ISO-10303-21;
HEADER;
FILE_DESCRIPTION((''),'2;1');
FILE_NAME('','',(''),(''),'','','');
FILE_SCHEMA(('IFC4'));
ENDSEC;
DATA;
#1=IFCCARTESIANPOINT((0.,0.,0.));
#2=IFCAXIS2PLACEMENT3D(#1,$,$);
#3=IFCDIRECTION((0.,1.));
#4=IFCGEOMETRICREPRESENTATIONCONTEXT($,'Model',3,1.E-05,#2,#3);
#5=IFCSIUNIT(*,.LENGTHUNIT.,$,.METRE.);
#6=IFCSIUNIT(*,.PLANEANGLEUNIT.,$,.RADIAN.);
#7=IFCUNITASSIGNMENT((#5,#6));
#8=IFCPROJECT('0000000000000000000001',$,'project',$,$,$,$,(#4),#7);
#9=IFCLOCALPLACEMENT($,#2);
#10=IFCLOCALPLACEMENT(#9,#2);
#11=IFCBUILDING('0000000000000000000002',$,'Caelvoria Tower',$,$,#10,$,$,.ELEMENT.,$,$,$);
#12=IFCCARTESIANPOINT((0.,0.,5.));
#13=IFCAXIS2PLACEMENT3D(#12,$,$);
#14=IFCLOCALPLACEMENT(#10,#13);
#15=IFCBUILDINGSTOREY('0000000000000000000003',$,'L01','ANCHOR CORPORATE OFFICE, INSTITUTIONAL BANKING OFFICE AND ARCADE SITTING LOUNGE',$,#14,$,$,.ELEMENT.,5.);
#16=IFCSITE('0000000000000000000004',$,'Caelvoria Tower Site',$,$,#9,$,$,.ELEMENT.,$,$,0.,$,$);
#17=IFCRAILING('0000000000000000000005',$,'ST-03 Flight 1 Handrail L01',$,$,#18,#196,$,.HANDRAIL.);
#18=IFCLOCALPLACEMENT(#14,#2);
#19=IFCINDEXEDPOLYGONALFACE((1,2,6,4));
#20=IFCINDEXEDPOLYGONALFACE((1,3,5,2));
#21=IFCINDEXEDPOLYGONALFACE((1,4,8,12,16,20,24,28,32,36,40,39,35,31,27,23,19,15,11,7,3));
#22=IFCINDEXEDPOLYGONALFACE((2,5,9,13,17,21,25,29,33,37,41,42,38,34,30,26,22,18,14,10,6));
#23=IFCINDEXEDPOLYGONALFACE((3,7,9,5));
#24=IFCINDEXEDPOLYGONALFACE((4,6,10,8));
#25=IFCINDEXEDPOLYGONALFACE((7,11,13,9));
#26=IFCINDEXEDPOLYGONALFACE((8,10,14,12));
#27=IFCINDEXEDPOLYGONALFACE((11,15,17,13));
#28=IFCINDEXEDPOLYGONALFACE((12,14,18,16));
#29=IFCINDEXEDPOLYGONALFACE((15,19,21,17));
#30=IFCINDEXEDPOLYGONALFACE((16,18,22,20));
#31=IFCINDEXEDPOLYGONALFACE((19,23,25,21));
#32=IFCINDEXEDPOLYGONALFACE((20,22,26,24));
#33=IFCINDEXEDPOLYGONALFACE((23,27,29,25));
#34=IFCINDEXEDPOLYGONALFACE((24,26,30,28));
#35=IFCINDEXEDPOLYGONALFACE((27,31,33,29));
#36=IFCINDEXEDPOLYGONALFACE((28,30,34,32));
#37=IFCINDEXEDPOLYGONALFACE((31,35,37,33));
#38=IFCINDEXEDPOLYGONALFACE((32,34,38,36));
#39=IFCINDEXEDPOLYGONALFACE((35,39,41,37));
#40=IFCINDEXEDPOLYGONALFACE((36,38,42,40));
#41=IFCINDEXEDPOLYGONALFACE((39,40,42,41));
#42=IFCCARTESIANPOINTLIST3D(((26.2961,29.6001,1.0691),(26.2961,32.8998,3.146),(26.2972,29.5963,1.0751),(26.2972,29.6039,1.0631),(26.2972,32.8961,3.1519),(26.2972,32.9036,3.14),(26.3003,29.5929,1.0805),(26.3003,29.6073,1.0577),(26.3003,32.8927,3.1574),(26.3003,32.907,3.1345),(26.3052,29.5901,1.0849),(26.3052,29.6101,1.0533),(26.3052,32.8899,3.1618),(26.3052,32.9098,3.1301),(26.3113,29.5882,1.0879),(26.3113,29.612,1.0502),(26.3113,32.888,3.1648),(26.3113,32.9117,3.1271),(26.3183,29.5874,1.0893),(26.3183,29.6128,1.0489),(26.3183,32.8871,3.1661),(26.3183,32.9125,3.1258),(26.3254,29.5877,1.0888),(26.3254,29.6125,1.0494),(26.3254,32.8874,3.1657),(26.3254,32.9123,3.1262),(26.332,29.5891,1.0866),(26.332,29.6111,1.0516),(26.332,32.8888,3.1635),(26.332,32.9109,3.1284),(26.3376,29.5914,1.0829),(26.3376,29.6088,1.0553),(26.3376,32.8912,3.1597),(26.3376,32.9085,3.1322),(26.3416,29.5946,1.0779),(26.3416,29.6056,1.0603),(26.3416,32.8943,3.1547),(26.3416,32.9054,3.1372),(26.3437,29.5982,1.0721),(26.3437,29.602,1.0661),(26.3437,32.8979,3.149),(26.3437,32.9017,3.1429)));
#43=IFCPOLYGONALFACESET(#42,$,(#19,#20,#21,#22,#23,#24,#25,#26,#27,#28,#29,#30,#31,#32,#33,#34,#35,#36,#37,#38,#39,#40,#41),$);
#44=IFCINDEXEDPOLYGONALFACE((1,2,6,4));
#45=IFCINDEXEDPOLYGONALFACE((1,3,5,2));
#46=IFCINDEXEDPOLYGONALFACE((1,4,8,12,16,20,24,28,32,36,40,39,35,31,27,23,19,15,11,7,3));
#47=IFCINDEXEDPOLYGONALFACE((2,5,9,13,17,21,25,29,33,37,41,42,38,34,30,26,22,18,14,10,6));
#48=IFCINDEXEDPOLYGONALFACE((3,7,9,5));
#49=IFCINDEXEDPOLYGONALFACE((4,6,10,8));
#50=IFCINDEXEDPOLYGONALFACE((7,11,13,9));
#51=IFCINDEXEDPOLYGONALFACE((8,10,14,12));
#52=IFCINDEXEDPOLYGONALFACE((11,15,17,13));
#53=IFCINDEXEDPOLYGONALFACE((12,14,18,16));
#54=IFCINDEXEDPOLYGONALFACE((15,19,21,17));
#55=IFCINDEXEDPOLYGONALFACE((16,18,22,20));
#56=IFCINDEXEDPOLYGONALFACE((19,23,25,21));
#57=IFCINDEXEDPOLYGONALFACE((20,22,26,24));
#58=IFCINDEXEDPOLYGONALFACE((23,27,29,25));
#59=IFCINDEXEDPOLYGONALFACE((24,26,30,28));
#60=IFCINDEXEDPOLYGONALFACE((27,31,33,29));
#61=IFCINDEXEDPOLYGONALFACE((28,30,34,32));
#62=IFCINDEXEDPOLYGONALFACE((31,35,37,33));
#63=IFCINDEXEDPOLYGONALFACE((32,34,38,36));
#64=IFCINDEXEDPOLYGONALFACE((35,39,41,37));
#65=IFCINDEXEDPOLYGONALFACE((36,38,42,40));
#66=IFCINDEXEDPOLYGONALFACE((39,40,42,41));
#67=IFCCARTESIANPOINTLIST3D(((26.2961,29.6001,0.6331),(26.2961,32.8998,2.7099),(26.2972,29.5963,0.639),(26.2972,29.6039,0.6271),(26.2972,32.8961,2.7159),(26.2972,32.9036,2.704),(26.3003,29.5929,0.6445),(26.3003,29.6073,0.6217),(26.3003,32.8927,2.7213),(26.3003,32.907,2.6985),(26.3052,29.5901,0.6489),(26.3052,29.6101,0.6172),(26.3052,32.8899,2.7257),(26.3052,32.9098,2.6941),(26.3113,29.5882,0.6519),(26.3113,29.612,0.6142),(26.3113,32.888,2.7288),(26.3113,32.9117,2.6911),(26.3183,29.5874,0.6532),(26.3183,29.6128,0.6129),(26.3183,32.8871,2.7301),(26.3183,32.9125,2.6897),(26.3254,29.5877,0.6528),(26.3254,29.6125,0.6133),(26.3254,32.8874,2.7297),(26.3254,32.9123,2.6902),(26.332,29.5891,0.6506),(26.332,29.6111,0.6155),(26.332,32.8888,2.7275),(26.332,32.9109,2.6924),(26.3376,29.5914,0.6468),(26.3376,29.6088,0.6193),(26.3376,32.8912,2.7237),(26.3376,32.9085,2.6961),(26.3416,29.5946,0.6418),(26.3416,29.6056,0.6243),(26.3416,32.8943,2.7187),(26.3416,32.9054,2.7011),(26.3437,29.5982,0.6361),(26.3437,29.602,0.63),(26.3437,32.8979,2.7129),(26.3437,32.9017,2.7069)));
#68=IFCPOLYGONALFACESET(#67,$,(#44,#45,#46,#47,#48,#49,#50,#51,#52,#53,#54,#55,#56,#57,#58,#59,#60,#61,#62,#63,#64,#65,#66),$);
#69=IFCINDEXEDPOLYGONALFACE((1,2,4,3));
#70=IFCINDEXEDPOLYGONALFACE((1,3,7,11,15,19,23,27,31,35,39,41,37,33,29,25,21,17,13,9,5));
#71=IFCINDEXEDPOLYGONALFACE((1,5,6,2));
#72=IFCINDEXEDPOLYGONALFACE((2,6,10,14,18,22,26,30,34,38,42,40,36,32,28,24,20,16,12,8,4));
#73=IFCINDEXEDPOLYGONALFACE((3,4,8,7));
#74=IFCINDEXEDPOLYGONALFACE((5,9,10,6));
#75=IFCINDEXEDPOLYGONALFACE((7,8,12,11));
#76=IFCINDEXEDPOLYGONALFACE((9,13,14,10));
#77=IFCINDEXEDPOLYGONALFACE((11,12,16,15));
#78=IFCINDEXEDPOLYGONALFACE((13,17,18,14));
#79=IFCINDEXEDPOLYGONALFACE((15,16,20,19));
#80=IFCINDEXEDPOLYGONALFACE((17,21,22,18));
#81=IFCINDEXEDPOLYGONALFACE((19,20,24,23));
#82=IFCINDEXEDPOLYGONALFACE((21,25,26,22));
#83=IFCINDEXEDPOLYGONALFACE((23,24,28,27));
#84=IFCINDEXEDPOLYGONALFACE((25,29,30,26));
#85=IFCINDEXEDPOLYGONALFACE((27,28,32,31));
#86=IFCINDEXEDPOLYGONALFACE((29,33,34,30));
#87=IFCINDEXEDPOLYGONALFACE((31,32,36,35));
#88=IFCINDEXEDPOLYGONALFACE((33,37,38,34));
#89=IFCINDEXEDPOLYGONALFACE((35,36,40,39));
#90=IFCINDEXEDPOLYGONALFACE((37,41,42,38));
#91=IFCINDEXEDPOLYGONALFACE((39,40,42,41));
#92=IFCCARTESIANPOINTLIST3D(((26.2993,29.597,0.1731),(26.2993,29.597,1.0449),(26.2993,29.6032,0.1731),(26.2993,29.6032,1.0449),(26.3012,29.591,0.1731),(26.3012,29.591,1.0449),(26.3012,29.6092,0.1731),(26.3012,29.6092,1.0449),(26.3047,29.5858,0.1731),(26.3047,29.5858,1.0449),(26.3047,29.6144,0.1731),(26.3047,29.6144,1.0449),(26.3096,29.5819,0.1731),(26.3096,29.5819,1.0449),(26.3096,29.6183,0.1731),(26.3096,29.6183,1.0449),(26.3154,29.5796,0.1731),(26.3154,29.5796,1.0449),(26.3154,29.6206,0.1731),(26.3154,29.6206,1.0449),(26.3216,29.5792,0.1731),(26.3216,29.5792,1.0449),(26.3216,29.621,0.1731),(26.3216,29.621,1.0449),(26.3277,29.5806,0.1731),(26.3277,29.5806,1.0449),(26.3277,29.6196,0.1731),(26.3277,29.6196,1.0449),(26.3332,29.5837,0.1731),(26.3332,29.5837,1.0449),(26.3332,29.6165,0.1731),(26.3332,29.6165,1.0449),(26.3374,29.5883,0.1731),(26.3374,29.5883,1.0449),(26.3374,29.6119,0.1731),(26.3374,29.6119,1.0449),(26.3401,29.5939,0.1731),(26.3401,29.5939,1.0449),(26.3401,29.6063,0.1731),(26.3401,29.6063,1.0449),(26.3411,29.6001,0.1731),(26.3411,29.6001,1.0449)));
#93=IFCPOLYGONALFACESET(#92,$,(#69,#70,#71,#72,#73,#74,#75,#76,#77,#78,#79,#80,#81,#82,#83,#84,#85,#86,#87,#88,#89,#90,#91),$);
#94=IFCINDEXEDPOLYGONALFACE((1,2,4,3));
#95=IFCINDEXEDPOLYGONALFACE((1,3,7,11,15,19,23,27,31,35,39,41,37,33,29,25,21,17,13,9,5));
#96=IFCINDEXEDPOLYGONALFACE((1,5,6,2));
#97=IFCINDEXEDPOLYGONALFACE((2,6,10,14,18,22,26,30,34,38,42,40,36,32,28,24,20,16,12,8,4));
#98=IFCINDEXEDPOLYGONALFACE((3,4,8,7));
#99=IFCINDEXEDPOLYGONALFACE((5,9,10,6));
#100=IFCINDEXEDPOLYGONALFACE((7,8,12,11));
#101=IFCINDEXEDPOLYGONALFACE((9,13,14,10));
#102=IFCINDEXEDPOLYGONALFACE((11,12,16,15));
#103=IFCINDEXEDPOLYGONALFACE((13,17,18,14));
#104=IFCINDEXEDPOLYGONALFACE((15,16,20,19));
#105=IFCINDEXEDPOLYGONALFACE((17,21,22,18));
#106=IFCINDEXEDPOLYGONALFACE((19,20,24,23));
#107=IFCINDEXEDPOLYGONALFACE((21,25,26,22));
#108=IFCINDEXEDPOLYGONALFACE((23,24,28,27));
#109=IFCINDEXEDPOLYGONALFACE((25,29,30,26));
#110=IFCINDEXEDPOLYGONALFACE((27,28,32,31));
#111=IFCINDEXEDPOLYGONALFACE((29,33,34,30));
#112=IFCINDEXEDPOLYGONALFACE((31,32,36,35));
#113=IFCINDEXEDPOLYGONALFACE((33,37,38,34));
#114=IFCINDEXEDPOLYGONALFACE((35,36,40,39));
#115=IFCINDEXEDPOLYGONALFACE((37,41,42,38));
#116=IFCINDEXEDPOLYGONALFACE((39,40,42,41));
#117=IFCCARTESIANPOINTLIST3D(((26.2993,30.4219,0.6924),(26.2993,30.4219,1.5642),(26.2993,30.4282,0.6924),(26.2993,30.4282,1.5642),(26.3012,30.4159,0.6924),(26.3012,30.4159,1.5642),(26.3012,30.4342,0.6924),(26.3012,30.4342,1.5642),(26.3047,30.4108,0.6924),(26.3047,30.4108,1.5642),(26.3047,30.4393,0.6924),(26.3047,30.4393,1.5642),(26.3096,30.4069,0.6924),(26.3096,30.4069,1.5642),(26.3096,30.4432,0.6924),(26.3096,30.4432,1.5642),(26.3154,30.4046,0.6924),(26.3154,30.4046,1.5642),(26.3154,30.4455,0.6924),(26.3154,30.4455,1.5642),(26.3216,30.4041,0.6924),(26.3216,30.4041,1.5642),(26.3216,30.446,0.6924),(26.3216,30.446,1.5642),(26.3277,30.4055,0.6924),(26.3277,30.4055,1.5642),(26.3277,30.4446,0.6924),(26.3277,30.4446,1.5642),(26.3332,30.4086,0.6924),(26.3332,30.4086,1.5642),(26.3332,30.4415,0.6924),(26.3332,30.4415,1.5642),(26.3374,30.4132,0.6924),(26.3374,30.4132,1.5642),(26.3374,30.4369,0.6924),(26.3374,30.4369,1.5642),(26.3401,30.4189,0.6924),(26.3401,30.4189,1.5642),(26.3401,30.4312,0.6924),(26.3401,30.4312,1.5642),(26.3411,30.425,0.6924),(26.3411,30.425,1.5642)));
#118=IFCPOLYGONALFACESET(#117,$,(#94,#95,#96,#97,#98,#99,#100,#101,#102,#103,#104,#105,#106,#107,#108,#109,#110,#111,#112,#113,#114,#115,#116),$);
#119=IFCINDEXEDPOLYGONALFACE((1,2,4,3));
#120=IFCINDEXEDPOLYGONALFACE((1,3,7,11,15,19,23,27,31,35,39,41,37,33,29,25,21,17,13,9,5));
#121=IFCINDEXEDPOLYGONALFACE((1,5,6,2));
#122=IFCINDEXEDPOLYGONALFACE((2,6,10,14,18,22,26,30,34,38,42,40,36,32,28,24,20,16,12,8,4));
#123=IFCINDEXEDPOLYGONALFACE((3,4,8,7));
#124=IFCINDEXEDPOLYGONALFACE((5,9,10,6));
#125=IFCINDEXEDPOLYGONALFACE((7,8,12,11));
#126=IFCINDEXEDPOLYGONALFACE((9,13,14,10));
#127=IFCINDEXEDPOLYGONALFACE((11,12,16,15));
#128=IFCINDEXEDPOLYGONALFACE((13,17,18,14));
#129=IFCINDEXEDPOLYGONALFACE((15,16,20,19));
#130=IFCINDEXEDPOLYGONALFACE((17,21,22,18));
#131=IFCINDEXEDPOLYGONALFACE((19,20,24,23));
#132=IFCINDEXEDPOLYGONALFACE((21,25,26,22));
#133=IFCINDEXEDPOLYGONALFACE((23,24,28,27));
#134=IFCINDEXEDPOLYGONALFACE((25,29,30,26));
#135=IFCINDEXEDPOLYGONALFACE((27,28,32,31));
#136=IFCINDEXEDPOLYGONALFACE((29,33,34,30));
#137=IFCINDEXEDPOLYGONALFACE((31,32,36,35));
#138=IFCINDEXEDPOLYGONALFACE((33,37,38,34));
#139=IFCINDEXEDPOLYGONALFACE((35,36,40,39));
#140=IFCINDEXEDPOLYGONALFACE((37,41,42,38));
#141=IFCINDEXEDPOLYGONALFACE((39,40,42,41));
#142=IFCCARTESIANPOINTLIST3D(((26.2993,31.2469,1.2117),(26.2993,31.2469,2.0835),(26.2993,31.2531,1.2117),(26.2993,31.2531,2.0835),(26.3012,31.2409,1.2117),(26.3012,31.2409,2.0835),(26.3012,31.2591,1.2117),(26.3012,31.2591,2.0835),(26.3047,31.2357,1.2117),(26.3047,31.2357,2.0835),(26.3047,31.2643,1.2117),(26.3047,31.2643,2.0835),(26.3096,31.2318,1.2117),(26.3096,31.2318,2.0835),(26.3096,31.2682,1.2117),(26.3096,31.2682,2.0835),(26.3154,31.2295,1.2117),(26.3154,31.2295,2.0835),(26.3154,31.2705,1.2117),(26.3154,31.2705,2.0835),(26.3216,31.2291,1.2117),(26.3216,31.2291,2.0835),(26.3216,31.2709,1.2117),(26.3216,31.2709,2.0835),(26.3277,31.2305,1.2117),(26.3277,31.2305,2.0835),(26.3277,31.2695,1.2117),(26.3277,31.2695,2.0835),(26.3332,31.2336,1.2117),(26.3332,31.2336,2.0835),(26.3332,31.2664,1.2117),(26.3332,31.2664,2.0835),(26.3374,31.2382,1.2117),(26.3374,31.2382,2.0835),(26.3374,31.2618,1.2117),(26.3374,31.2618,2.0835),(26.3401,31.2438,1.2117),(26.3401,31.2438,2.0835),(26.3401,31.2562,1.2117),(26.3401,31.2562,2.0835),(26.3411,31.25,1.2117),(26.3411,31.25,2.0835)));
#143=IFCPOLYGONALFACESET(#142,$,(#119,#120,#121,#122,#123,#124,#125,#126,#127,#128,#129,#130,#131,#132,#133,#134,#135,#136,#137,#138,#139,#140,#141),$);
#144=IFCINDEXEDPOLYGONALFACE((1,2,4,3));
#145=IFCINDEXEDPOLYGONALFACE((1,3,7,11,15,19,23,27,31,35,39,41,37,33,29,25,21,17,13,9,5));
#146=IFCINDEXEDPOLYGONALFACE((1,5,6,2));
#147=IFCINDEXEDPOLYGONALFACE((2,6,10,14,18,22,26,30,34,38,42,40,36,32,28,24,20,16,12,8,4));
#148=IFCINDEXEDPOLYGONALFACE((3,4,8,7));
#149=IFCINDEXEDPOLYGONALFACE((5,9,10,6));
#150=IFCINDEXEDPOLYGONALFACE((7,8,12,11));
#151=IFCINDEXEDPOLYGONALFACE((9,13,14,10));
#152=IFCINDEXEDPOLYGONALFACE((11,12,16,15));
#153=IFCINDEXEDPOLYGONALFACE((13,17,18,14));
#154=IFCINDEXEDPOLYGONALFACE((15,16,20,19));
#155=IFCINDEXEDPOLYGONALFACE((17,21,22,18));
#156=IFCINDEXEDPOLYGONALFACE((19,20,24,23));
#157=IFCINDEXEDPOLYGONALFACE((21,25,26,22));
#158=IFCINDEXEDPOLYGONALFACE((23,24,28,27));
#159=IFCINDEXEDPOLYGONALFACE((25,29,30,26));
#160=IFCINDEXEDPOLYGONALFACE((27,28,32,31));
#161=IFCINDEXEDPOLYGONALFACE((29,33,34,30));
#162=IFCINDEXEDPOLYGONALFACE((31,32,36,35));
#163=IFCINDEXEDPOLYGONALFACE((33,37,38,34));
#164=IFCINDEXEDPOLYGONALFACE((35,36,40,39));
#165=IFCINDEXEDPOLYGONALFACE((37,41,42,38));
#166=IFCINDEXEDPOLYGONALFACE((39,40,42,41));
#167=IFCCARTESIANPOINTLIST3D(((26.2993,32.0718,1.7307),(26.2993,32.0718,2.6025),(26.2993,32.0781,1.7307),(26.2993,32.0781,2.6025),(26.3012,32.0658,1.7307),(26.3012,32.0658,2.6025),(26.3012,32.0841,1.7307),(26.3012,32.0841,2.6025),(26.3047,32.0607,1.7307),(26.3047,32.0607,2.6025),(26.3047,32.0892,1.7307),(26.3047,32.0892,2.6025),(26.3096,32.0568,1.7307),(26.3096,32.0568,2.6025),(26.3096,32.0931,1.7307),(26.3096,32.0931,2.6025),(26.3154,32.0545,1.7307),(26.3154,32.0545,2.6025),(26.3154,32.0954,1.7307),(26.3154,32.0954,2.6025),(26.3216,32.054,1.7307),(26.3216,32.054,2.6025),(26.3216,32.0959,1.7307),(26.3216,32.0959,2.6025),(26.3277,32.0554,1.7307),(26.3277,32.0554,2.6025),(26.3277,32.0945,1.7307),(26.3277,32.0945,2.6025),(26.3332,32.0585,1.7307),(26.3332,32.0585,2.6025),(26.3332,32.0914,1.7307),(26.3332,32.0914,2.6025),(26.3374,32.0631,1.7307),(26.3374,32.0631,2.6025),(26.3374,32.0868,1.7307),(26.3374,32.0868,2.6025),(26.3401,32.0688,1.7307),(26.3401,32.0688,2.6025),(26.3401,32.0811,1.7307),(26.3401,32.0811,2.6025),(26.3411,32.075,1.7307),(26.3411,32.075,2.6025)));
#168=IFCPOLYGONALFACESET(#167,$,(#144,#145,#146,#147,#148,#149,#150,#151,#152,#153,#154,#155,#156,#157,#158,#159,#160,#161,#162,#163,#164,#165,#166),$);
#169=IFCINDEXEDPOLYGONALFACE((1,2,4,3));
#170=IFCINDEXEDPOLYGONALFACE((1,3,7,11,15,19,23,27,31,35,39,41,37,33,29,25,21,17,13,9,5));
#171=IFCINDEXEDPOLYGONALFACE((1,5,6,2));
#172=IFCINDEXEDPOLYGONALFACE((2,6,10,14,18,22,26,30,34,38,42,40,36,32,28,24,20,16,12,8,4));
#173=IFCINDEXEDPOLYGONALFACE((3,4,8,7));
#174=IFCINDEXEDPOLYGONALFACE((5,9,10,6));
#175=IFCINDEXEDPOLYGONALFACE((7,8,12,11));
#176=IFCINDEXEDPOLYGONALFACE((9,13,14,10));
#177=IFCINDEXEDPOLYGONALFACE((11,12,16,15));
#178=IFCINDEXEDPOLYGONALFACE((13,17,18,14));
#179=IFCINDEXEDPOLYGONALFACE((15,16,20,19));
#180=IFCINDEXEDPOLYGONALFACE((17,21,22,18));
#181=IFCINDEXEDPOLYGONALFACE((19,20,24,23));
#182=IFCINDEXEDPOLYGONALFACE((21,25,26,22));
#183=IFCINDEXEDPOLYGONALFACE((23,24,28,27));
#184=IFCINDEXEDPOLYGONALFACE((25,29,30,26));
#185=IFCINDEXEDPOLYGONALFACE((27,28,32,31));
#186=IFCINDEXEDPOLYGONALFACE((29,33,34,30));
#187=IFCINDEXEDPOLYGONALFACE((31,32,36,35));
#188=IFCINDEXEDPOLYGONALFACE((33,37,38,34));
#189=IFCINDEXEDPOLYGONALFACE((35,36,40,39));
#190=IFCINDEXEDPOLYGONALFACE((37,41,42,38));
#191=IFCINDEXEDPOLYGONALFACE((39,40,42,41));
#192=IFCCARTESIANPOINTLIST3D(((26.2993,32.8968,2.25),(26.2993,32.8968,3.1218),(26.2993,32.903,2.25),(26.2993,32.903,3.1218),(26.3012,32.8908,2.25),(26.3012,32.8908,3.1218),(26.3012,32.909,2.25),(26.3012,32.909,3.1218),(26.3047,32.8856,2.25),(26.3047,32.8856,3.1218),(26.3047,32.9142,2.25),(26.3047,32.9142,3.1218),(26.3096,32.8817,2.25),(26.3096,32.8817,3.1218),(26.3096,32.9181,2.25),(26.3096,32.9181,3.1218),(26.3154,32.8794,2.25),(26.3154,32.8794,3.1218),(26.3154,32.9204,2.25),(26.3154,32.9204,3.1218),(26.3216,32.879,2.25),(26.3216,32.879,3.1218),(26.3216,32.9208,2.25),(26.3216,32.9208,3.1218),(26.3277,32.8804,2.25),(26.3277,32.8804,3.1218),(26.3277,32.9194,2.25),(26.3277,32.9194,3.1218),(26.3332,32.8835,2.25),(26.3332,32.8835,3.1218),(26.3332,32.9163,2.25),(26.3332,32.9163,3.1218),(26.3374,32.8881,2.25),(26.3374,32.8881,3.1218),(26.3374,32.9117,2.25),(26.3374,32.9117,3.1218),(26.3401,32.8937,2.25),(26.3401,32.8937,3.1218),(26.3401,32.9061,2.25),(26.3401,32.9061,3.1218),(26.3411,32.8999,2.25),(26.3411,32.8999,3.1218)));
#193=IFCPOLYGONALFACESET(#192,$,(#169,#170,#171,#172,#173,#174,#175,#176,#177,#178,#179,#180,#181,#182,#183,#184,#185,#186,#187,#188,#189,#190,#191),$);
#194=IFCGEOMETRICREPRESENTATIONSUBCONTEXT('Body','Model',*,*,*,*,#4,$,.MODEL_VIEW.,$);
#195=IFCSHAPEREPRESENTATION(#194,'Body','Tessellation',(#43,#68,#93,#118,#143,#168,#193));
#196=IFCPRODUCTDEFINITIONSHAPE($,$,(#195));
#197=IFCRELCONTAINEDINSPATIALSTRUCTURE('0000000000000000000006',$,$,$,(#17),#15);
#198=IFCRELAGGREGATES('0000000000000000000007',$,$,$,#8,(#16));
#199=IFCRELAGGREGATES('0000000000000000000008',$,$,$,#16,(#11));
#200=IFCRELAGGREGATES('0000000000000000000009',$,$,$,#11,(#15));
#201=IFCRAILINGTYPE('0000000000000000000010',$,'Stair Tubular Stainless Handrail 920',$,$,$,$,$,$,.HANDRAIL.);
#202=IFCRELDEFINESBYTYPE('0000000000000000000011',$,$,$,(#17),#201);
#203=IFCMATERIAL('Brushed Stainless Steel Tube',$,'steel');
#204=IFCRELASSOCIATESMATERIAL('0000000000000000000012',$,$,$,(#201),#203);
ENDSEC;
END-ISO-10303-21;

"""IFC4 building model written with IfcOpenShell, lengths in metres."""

from ifc_helpers import new_model, si_unit, direction, frame, origin, origin_2d, place, context, subcontext, project, spatial, circle, extrude, material, type_object, element, save


model = new_model("IFC4")

# Units and contexts
model_context = context("Model", 3, precision=1e-05, world=origin(), true_north=direction((0.0, 1.0)))
body_context = subcontext(model_context, "Body", "Model", "MODEL_VIEW")
ifc_project = project(units=[si_unit("LENGTHUNIT", "METRE"), si_unit("PLANEANGLEUNIT", "RADIAN")], contexts=[model_context])

# Site, building, storey
site_placement = place(None, origin())
site = spatial("IfcSite", under=ifc_project, at=site_placement, Name="Caelvoria Tower Site", CompositionType="ELEMENT", RefElevation=0.0)
building_placement = place(site_placement, origin())
building = spatial("IfcBuilding", under=site, at=building_placement, Name="Caelvoria Tower", CompositionType="ELEMENT")
storey_placement = place(building_placement, frame((0.0, 0.0, 5.0)))
storey = spatial("IfcBuildingStorey", under=building, at=storey_placement, Name="L01", Description="ANCHOR CORPORATE OFFICE, INSTITUTIONAL BANKING OFFICE AND ARCADE SITTING LOUNGE", CompositionType="ELEMENT", Elevation=5.0)

# Railing
ifc_material_1 = material(Name="Brushed Stainless Steel Tube", Category="steel")
railing_type_1 = type_object("IfcRailingType", Name="Stair Tubular Stainless Handrail 920", PredefinedType="HANDRAIL", material=ifc_material_1)
railing_1_placement = place(storey_placement, frame((26.3201, 29.6001, 0.1731)))
element("IfcRailing", 1, at=railing_1_placement, inside=storey, type_object=railing_type_1, Name="ST-03 Flight 1 Handrail L01", PredefinedType="HANDRAIL", context=body_context, shape_type="SweptSolid", body=[
    extrude(circle(Radius=0.0239, at=origin_2d()), frame((0.0, 0.0, 0.896), z_axis=(0.0, 0.84632, 0.532675), x_axis=(-1.0, 0.0, 0.0)), (0.0, 0.0, 1.0), 3.8989),
    extrude(circle(Radius=0.0239, at=origin_2d()), frame((0.0, 0.0, 0.46), z_axis=(0.0, 0.84632, 0.532675), x_axis=(-1.0, 0.0, 0.0)), (0.0, 0.0, 1.0), 3.8989),
    extrude(circle(Radius=0.021, at=origin_2d()), origin(), (0.0, 0.0, 1.0), 0.8718),
    extrude(circle(Radius=0.021, at=origin_2d()), frame((0.0, 0.825, 0.5193)), (0.0, 0.0, 1.0), 0.8718),
    extrude(circle(Radius=0.021, at=origin_2d()), frame((0.0, 1.6499, 1.0386)), (0.0, 0.0, 1.0), 0.8718),
    extrude(circle(Radius=0.021, at=origin_2d()), frame((0.0, 2.4749, 1.5576)), (0.0, 0.0, 1.0), 0.8718),
    extrude(circle(Radius=0.021, at=origin_2d()), frame((0.0, 3.2998, 2.0769)), (0.0, 0.0, 1.0), 0.8718),
])

save(model, "model.ifc")
